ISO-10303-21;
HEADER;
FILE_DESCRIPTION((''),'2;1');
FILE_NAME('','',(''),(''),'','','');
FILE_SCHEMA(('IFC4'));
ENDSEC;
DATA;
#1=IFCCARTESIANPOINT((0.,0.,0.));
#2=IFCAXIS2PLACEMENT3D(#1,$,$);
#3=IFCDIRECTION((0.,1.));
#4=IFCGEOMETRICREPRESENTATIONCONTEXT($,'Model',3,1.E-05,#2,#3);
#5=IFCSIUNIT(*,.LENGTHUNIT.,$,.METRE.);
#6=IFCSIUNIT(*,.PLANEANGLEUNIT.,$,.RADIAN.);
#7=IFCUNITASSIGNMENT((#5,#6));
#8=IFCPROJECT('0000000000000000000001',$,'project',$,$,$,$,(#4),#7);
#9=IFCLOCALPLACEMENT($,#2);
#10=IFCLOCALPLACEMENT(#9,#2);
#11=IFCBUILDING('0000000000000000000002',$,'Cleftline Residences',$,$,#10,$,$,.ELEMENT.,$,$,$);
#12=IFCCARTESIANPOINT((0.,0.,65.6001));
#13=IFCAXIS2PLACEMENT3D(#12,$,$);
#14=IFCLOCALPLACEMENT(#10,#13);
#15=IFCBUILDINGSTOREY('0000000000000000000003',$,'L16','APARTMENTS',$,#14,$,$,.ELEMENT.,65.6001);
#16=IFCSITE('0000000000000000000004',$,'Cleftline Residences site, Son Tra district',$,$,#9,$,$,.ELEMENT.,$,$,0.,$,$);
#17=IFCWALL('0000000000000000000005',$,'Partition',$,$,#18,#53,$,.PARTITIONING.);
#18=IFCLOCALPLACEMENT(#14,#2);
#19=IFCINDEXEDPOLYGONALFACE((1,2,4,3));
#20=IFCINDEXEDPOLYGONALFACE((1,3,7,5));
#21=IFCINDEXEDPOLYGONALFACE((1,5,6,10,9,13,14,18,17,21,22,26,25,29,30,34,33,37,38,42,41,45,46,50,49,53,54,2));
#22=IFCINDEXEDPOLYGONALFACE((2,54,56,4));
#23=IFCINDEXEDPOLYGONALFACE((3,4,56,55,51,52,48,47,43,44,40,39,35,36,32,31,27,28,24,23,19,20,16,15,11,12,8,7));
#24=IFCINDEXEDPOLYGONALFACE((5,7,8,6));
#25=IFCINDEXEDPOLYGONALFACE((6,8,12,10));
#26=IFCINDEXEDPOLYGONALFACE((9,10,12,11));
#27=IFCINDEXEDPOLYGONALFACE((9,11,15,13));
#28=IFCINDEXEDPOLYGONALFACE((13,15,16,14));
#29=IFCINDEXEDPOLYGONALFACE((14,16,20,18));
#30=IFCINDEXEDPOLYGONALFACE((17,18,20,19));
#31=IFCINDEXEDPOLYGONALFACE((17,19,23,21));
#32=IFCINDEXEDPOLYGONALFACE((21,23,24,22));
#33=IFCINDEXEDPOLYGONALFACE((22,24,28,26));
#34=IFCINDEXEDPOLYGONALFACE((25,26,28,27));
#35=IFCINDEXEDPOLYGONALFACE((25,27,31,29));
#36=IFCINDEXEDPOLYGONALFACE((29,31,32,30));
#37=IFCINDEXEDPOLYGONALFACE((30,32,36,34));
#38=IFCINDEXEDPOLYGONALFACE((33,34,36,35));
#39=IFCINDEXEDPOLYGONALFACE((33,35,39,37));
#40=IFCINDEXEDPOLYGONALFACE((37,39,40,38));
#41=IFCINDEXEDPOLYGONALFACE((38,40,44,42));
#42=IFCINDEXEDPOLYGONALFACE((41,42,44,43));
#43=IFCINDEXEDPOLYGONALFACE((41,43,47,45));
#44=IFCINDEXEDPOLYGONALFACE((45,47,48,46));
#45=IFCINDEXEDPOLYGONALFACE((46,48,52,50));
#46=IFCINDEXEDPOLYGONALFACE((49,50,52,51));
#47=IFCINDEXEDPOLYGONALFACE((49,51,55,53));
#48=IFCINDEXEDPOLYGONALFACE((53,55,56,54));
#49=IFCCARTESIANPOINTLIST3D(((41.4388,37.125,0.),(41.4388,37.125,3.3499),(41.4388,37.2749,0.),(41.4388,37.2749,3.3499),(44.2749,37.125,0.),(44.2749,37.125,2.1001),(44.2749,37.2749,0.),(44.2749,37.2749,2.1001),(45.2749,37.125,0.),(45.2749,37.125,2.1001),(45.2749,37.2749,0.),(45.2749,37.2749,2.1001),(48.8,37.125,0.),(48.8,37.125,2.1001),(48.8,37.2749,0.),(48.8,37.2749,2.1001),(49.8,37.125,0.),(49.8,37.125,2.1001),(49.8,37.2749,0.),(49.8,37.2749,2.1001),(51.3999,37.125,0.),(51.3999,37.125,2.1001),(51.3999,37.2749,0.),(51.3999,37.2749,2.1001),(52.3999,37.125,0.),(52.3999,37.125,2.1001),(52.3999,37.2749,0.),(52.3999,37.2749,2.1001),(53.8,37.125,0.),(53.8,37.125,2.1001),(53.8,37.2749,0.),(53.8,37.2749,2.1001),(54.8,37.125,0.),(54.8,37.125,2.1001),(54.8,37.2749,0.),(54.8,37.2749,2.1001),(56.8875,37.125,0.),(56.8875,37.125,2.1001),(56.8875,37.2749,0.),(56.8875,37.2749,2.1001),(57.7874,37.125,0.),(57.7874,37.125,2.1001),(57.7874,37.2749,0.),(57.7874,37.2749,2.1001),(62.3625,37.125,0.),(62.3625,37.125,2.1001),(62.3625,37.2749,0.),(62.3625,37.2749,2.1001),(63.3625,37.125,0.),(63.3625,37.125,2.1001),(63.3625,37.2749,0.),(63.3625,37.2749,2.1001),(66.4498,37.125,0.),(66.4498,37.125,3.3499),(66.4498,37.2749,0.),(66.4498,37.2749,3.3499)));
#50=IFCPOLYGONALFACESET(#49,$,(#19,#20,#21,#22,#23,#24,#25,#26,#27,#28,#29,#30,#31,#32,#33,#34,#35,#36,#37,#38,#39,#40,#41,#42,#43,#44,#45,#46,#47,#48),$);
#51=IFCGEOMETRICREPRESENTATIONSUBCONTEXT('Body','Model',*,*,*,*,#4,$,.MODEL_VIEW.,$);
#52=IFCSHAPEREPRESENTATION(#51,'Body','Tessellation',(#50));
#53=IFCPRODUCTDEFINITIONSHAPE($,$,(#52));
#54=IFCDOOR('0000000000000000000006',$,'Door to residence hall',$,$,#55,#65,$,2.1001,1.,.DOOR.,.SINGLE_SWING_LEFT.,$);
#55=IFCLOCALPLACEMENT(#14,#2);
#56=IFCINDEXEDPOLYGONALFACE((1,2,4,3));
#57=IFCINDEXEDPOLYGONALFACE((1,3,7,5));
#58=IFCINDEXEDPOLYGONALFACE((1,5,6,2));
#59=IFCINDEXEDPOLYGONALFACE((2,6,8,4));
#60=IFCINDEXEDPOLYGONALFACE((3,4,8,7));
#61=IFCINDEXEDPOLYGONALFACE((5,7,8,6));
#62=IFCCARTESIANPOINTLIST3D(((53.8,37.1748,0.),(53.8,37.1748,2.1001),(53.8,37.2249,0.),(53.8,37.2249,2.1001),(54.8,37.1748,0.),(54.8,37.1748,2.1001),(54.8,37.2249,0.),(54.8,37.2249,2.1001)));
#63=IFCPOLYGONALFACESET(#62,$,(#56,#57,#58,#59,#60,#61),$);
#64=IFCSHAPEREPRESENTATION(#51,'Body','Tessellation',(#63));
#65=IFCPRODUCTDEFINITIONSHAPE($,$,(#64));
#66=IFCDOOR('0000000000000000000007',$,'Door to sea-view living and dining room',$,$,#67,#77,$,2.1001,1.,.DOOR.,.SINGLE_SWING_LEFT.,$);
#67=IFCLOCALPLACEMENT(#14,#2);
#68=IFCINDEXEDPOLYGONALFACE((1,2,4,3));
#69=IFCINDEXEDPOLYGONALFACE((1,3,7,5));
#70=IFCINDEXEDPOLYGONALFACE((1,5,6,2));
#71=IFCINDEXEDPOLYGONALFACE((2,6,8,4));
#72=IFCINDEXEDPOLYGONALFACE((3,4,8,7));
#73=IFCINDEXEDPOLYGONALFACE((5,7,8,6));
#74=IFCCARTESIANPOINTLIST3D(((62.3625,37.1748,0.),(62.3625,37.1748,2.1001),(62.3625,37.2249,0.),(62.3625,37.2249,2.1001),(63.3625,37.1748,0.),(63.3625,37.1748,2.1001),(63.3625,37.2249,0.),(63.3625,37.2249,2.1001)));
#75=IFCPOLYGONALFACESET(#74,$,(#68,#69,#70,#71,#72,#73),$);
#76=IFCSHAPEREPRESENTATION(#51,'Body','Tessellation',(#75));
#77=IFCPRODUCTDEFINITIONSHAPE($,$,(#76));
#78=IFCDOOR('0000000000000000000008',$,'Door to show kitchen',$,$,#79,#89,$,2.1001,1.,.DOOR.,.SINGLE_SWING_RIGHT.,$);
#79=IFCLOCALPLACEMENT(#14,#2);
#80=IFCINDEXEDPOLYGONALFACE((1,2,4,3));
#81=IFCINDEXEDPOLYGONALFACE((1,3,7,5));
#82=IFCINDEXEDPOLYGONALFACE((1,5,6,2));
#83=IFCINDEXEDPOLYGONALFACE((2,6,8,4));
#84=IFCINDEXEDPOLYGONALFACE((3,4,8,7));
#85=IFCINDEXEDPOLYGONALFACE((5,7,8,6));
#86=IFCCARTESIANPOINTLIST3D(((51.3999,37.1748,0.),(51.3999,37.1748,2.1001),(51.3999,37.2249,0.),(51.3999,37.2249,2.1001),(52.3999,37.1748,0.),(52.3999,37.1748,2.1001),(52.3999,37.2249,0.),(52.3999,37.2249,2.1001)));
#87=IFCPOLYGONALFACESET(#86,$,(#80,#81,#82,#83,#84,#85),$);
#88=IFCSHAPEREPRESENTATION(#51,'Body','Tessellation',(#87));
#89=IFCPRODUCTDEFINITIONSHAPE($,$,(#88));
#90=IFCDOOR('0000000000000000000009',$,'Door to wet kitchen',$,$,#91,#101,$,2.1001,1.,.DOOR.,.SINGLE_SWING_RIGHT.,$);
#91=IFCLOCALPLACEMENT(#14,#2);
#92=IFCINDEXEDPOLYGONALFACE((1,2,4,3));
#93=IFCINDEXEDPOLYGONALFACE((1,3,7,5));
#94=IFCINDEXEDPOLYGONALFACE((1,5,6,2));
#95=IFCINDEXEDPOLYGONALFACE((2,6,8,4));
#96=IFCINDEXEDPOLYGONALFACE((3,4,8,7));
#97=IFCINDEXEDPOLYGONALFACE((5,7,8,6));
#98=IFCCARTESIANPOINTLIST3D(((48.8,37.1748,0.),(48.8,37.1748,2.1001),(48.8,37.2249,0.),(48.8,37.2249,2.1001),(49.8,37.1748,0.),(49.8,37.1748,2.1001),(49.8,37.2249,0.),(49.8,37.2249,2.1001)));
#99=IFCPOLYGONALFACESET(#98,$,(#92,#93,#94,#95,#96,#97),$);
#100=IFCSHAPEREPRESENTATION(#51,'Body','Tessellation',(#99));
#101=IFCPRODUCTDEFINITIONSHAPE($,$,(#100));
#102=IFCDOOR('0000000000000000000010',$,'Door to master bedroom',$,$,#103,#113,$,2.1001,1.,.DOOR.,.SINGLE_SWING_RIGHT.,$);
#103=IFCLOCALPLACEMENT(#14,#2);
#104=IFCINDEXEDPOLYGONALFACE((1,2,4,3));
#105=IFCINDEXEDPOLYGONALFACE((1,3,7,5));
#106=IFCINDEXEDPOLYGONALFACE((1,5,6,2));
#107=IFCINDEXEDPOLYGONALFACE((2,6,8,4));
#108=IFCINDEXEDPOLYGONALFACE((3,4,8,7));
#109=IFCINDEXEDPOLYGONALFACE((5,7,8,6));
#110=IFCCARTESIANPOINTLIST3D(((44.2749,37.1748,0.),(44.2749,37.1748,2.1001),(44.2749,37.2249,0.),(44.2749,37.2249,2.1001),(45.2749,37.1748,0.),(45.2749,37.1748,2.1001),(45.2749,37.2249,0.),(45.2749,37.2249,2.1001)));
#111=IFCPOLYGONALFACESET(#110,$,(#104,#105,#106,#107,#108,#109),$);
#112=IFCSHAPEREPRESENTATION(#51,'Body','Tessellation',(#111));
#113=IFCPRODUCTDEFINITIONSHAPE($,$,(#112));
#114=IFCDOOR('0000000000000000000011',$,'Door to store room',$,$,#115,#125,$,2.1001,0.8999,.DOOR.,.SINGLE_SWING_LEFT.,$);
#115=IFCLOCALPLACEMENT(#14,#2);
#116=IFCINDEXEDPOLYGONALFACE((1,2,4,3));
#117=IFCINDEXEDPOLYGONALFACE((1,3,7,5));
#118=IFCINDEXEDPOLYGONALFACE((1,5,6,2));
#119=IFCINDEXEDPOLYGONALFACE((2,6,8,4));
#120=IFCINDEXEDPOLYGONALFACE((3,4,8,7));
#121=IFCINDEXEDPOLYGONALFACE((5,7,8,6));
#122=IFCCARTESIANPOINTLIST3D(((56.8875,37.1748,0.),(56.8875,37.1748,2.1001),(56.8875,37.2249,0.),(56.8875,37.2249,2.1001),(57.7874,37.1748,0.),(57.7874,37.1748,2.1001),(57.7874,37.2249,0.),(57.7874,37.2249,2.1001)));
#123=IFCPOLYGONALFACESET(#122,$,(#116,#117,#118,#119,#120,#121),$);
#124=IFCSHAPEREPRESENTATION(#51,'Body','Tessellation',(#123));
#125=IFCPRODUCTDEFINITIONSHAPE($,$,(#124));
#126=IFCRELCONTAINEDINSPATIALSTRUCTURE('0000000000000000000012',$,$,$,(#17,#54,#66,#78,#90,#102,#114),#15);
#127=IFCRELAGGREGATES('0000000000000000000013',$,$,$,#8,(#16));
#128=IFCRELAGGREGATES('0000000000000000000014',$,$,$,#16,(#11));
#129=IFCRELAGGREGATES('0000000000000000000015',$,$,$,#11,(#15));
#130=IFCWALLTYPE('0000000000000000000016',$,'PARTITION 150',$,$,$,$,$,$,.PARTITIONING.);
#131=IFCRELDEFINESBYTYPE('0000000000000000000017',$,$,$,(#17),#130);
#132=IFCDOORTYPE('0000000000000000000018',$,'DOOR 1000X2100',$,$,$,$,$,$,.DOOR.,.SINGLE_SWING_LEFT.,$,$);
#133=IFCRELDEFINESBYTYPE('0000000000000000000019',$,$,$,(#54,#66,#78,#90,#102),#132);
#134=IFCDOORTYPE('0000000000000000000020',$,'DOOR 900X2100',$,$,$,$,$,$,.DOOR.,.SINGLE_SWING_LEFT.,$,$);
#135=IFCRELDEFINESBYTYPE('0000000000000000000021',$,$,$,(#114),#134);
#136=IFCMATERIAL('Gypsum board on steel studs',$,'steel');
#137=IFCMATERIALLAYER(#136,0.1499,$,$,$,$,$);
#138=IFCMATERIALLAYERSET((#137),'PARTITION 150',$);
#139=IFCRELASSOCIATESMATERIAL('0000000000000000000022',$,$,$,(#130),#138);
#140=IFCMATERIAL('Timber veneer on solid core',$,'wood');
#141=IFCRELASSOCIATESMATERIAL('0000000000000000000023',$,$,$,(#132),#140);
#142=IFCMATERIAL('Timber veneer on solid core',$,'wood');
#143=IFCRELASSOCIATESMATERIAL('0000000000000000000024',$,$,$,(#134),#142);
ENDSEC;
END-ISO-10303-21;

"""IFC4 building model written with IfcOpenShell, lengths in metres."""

from ifc_helpers import new_model, si_unit, direction, frame, frame_2d, origin, place, context, subcontext, project, spatial, rectangle, extrude, material, layer, layer_set, type_object, element, fill, save


model = new_model("IFC4")

# Units and contexts
model_context = context("Model", 3, precision=1e-05, world=origin(), true_north=direction((0.0, 1.0)))
body_context = subcontext(model_context, "Body", "Model", "MODEL_VIEW")
ifc_project = project(units=[si_unit("LENGTHUNIT", "METRE"), si_unit("PLANEANGLEUNIT", "RADIAN")], contexts=[model_context])

# Site, building, storey
site_placement = place(None, origin())
site = spatial("IfcSite", under=ifc_project, at=site_placement, Name="Cleftline Residences site, Son Tra district", CompositionType="ELEMENT", RefElevation=0.0)
building_placement = place(site_placement, origin())
building = spatial("IfcBuilding", under=site, at=building_placement, Name="Cleftline Residences", CompositionType="ELEMENT")
storey_placement = place(building_placement, frame((0.0, 0.0, 65.6001)))
storey = spatial("IfcBuildingStorey", under=building, at=storey_placement, Name="L16", Description="APARTMENTS", CompositionType="ELEMENT", Elevation=65.6001)

# Wall, openings, doors
ifc_material_1 = material(Name="Gypsum board on steel studs", Category="steel")
ifc_layer_1 = layer(ifc_material_1, 0.1499)
ifc_layer_set_1 = layer_set([ifc_layer_1], Name="PARTITION 150")
wall_type = type_object("IfcWallType", Name="PARTITION 150", PredefinedType="PARTITIONING", material=ifc_layer_set_1)
wall_1_placement = place(storey_placement, frame((41.439, 37.2, 0.0), z_axis=(0.0, 0.0, 1.0), x_axis=(1.0, 0.0, 0.0)))
wall_1 = element("IfcWall", 1, at=wall_1_placement, inside=storey, type_object=wall_type, Name="Partition", PredefinedType="PARTITIONING", context=body_context, shape_type="SweptSolid", body=[
    extrude(rectangle(XDim=25.011, YDim=0.1499, at=frame_2d((12.5054, 0.0))), origin(), (0.0, 0.0, 1.0), 3.3499),
])
opening_1_placement = place(wall_1_placement, frame((12.3611, 0.0, 0.0)))
opening_1 = element("IfcOpeningElement", 2, at=opening_1_placement, cuts=wall_1, PredefinedType="OPENING", context=body_context, shape_type="SweptSolid", body=[
    extrude(rectangle(XDim=1.0, YDim=2.1001, at=frame_2d((0.5, 1.05))), frame((0.0, 0.085, 0.0), z_axis=(0.0, -1.0, 0.0), x_axis=(1.0, 0.0, 0.0)), (0.0, 0.0, 1.0), 0.1699),
])
opening_2_placement = place(wall_1_placement, frame((20.9236, 0.0, 0.0)))
opening_2 = element("IfcOpeningElement", 3, at=opening_2_placement, cuts=wall_1, PredefinedType="OPENING", context=body_context, shape_type="SweptSolid", body=[
    extrude(rectangle(XDim=1.0, YDim=2.1001, at=frame_2d((0.5, 1.05))), frame((0.0, 0.085, 0.0), z_axis=(0.0, -1.0, 0.0), x_axis=(1.0, 0.0, 0.0)), (0.0, 0.0, 1.0), 0.1699),
])
opening_3_placement = place(wall_1_placement, frame((15.4485, 0.0, 0.0)))
opening_3 = element("IfcOpeningElement", 4, at=opening_3_placement, cuts=wall_1, PredefinedType="OPENING", context=body_context, shape_type="SweptSolid", body=[
    extrude(rectangle(XDim=0.8999, YDim=2.1001, at=frame_2d((0.45, 1.05))), frame((0.0, 0.085, 0.0), z_axis=(0.0, -1.0, 0.0), x_axis=(1.0, 0.0, 0.0)), (0.0, 0.0, 1.0), 0.1699),
])
opening_4_placement = place(wall_1_placement, frame((9.9609, 0.0, 0.0)))
opening_4 = element("IfcOpeningElement", 5, at=opening_4_placement, cuts=wall_1, PredefinedType="OPENING", context=body_context, shape_type="SweptSolid", body=[
    extrude(rectangle(XDim=1.0, YDim=2.1001, at=frame_2d((0.5, 1.05))), frame((0.0, 0.085, 0.0), z_axis=(0.0, -1.0, 0.0), x_axis=(1.0, 0.0, 0.0)), (0.0, 0.0, 1.0), 0.1699),
])
opening_5_placement = place(wall_1_placement, frame((7.3611, 0.0, 0.0)))
opening_5 = element("IfcOpeningElement", 6, at=opening_5_placement, cuts=wall_1, PredefinedType="OPENING", context=body_context, shape_type="SweptSolid", body=[
    extrude(rectangle(XDim=1.0, YDim=2.1001, at=frame_2d((0.5, 1.05))), frame((0.0, 0.085, 0.0), z_axis=(0.0, -1.0, 0.0), x_axis=(1.0, 0.0, 0.0)), (0.0, 0.0, 1.0), 0.1699),
])
opening_6_placement = place(wall_1_placement, frame((2.8359, 0.0, 0.0)))
opening_6 = element("IfcOpeningElement", 7, at=opening_6_placement, cuts=wall_1, PredefinedType="OPENING", context=body_context, shape_type="SweptSolid", body=[
    extrude(rectangle(XDim=1.0, YDim=2.1001, at=frame_2d((0.5, 1.05))), frame((0.0, 0.085, 0.0), z_axis=(0.0, -1.0, 0.0), x_axis=(1.0, 0.0, 0.0)), (0.0, 0.0, 1.0), 0.1699),
])
ifc_material_2 = material(Name="Timber veneer on solid core", Category="wood")
door_type_1 = type_object("IfcDoorType", Name="DOOR 1000X2100", OperationType="SINGLE_SWING_LEFT", PredefinedType="DOOR", material=ifc_material_2)
door_1_placement = place(opening_1_placement, origin())
door_1 = element("IfcDoor", 8, at=door_1_placement, inside=storey, type_object=door_type_1, Name="Door to residence hall", OperationType="SINGLE_SWING_LEFT", OverallHeight=2.1001, OverallWidth=1.0, PredefinedType="DOOR", context=body_context, shape_type="SweptSolid", body=[
    extrude(rectangle(XDim=1.0, YDim=2.1001, at=frame_2d((0.5, 1.05))), frame((0.0, 0.0249, 0.0), z_axis=(0.0, -1.0, 0.0), x_axis=(1.0, 0.0, 0.0)), (0.0, 0.0, 1.0), 0.05),
])
fill(opening_1, door_1)
door_2_placement = place(opening_2_placement, origin())
door_2 = element("IfcDoor", 9, at=door_2_placement, inside=storey, type_object=door_type_1, Name="Door to sea-view living and dining room", OperationType="SINGLE_SWING_LEFT", OverallHeight=2.1001, OverallWidth=1.0, PredefinedType="DOOR", context=body_context, shape_type="SweptSolid", body=[
    extrude(rectangle(XDim=1.0, YDim=2.1001, at=frame_2d((0.5, 1.05))), frame((0.0, 0.0249, 0.0), z_axis=(0.0, -1.0, 0.0), x_axis=(1.0, 0.0, 0.0)), (0.0, 0.0, 1.0), 0.05),
])
fill(opening_2, door_2)
door_3_placement = place(opening_4_placement, origin())
door_3 = element("IfcDoor", 10, at=door_3_placement, inside=storey, type_object=door_type_1, Name="Door to show kitchen", OperationType="SINGLE_SWING_RIGHT", OverallHeight=2.1001, OverallWidth=1.0, PredefinedType="DOOR", context=body_context, shape_type="SweptSolid", body=[
    extrude(rectangle(XDim=1.0, YDim=2.1001, at=frame_2d((0.5, 1.05))), frame((0.0, 0.0249, 0.0), z_axis=(0.0, -1.0, 0.0), x_axis=(1.0, 0.0, 0.0)), (0.0, 0.0, 1.0), 0.05),
])
fill(opening_4, door_3)
door_4_placement = place(opening_5_placement, origin())
door_4 = element("IfcDoor", 11, at=door_4_placement, inside=storey, type_object=door_type_1, Name="Door to wet kitchen", OperationType="SINGLE_SWING_RIGHT", OverallHeight=2.1001, OverallWidth=1.0, PredefinedType="DOOR", context=body_context, shape_type="SweptSolid", body=[
    extrude(rectangle(XDim=1.0, YDim=2.1001, at=frame_2d((0.5, 1.05))), frame((0.0, 0.0249, 0.0), z_axis=(0.0, -1.0, 0.0), x_axis=(1.0, 0.0, 0.0)), (0.0, 0.0, 1.0), 0.05),
])
fill(opening_5, door_4)
door_5_placement = place(opening_6_placement, origin())
door_5 = element("IfcDoor", 12, at=door_5_placement, inside=storey, type_object=door_type_1, Name="Door to master bedroom", OperationType="SINGLE_SWING_RIGHT", OverallHeight=2.1001, OverallWidth=1.0, PredefinedType="DOOR", context=body_context, shape_type="SweptSolid", body=[
    extrude(rectangle(XDim=1.0, YDim=2.1001, at=frame_2d((0.5, 1.05))), frame((0.0, 0.0249, 0.0), z_axis=(0.0, -1.0, 0.0), x_axis=(1.0, 0.0, 0.0)), (0.0, 0.0, 1.0), 0.05),
])
fill(opening_6, door_5)
ifc_material_3 = material(Name="Timber veneer on solid core", Category="wood")
door_type_2 = type_object("IfcDoorType", Name="DOOR 900X2100", OperationType="SINGLE_SWING_LEFT", PredefinedType="DOOR", material=ifc_material_3)
door_6_placement = place(opening_3_placement, origin())
door_6 = element("IfcDoor", 13, at=door_6_placement, inside=storey, type_object=door_type_2, Name="Door to store room", OperationType="SINGLE_SWING_LEFT", OverallHeight=2.1001, OverallWidth=0.8999, PredefinedType="DOOR", context=body_context, shape_type="SweptSolid", body=[
    extrude(rectangle(XDim=0.8999, YDim=2.1001, at=frame_2d((0.45, 1.05))), frame((0.0, 0.0249, 0.0), z_axis=(0.0, -1.0, 0.0), x_axis=(1.0, 0.0, 0.0)), (0.0, 0.0, 1.0), 0.05),
])
fill(opening_3, door_6)

save(model, "model.ifc")
